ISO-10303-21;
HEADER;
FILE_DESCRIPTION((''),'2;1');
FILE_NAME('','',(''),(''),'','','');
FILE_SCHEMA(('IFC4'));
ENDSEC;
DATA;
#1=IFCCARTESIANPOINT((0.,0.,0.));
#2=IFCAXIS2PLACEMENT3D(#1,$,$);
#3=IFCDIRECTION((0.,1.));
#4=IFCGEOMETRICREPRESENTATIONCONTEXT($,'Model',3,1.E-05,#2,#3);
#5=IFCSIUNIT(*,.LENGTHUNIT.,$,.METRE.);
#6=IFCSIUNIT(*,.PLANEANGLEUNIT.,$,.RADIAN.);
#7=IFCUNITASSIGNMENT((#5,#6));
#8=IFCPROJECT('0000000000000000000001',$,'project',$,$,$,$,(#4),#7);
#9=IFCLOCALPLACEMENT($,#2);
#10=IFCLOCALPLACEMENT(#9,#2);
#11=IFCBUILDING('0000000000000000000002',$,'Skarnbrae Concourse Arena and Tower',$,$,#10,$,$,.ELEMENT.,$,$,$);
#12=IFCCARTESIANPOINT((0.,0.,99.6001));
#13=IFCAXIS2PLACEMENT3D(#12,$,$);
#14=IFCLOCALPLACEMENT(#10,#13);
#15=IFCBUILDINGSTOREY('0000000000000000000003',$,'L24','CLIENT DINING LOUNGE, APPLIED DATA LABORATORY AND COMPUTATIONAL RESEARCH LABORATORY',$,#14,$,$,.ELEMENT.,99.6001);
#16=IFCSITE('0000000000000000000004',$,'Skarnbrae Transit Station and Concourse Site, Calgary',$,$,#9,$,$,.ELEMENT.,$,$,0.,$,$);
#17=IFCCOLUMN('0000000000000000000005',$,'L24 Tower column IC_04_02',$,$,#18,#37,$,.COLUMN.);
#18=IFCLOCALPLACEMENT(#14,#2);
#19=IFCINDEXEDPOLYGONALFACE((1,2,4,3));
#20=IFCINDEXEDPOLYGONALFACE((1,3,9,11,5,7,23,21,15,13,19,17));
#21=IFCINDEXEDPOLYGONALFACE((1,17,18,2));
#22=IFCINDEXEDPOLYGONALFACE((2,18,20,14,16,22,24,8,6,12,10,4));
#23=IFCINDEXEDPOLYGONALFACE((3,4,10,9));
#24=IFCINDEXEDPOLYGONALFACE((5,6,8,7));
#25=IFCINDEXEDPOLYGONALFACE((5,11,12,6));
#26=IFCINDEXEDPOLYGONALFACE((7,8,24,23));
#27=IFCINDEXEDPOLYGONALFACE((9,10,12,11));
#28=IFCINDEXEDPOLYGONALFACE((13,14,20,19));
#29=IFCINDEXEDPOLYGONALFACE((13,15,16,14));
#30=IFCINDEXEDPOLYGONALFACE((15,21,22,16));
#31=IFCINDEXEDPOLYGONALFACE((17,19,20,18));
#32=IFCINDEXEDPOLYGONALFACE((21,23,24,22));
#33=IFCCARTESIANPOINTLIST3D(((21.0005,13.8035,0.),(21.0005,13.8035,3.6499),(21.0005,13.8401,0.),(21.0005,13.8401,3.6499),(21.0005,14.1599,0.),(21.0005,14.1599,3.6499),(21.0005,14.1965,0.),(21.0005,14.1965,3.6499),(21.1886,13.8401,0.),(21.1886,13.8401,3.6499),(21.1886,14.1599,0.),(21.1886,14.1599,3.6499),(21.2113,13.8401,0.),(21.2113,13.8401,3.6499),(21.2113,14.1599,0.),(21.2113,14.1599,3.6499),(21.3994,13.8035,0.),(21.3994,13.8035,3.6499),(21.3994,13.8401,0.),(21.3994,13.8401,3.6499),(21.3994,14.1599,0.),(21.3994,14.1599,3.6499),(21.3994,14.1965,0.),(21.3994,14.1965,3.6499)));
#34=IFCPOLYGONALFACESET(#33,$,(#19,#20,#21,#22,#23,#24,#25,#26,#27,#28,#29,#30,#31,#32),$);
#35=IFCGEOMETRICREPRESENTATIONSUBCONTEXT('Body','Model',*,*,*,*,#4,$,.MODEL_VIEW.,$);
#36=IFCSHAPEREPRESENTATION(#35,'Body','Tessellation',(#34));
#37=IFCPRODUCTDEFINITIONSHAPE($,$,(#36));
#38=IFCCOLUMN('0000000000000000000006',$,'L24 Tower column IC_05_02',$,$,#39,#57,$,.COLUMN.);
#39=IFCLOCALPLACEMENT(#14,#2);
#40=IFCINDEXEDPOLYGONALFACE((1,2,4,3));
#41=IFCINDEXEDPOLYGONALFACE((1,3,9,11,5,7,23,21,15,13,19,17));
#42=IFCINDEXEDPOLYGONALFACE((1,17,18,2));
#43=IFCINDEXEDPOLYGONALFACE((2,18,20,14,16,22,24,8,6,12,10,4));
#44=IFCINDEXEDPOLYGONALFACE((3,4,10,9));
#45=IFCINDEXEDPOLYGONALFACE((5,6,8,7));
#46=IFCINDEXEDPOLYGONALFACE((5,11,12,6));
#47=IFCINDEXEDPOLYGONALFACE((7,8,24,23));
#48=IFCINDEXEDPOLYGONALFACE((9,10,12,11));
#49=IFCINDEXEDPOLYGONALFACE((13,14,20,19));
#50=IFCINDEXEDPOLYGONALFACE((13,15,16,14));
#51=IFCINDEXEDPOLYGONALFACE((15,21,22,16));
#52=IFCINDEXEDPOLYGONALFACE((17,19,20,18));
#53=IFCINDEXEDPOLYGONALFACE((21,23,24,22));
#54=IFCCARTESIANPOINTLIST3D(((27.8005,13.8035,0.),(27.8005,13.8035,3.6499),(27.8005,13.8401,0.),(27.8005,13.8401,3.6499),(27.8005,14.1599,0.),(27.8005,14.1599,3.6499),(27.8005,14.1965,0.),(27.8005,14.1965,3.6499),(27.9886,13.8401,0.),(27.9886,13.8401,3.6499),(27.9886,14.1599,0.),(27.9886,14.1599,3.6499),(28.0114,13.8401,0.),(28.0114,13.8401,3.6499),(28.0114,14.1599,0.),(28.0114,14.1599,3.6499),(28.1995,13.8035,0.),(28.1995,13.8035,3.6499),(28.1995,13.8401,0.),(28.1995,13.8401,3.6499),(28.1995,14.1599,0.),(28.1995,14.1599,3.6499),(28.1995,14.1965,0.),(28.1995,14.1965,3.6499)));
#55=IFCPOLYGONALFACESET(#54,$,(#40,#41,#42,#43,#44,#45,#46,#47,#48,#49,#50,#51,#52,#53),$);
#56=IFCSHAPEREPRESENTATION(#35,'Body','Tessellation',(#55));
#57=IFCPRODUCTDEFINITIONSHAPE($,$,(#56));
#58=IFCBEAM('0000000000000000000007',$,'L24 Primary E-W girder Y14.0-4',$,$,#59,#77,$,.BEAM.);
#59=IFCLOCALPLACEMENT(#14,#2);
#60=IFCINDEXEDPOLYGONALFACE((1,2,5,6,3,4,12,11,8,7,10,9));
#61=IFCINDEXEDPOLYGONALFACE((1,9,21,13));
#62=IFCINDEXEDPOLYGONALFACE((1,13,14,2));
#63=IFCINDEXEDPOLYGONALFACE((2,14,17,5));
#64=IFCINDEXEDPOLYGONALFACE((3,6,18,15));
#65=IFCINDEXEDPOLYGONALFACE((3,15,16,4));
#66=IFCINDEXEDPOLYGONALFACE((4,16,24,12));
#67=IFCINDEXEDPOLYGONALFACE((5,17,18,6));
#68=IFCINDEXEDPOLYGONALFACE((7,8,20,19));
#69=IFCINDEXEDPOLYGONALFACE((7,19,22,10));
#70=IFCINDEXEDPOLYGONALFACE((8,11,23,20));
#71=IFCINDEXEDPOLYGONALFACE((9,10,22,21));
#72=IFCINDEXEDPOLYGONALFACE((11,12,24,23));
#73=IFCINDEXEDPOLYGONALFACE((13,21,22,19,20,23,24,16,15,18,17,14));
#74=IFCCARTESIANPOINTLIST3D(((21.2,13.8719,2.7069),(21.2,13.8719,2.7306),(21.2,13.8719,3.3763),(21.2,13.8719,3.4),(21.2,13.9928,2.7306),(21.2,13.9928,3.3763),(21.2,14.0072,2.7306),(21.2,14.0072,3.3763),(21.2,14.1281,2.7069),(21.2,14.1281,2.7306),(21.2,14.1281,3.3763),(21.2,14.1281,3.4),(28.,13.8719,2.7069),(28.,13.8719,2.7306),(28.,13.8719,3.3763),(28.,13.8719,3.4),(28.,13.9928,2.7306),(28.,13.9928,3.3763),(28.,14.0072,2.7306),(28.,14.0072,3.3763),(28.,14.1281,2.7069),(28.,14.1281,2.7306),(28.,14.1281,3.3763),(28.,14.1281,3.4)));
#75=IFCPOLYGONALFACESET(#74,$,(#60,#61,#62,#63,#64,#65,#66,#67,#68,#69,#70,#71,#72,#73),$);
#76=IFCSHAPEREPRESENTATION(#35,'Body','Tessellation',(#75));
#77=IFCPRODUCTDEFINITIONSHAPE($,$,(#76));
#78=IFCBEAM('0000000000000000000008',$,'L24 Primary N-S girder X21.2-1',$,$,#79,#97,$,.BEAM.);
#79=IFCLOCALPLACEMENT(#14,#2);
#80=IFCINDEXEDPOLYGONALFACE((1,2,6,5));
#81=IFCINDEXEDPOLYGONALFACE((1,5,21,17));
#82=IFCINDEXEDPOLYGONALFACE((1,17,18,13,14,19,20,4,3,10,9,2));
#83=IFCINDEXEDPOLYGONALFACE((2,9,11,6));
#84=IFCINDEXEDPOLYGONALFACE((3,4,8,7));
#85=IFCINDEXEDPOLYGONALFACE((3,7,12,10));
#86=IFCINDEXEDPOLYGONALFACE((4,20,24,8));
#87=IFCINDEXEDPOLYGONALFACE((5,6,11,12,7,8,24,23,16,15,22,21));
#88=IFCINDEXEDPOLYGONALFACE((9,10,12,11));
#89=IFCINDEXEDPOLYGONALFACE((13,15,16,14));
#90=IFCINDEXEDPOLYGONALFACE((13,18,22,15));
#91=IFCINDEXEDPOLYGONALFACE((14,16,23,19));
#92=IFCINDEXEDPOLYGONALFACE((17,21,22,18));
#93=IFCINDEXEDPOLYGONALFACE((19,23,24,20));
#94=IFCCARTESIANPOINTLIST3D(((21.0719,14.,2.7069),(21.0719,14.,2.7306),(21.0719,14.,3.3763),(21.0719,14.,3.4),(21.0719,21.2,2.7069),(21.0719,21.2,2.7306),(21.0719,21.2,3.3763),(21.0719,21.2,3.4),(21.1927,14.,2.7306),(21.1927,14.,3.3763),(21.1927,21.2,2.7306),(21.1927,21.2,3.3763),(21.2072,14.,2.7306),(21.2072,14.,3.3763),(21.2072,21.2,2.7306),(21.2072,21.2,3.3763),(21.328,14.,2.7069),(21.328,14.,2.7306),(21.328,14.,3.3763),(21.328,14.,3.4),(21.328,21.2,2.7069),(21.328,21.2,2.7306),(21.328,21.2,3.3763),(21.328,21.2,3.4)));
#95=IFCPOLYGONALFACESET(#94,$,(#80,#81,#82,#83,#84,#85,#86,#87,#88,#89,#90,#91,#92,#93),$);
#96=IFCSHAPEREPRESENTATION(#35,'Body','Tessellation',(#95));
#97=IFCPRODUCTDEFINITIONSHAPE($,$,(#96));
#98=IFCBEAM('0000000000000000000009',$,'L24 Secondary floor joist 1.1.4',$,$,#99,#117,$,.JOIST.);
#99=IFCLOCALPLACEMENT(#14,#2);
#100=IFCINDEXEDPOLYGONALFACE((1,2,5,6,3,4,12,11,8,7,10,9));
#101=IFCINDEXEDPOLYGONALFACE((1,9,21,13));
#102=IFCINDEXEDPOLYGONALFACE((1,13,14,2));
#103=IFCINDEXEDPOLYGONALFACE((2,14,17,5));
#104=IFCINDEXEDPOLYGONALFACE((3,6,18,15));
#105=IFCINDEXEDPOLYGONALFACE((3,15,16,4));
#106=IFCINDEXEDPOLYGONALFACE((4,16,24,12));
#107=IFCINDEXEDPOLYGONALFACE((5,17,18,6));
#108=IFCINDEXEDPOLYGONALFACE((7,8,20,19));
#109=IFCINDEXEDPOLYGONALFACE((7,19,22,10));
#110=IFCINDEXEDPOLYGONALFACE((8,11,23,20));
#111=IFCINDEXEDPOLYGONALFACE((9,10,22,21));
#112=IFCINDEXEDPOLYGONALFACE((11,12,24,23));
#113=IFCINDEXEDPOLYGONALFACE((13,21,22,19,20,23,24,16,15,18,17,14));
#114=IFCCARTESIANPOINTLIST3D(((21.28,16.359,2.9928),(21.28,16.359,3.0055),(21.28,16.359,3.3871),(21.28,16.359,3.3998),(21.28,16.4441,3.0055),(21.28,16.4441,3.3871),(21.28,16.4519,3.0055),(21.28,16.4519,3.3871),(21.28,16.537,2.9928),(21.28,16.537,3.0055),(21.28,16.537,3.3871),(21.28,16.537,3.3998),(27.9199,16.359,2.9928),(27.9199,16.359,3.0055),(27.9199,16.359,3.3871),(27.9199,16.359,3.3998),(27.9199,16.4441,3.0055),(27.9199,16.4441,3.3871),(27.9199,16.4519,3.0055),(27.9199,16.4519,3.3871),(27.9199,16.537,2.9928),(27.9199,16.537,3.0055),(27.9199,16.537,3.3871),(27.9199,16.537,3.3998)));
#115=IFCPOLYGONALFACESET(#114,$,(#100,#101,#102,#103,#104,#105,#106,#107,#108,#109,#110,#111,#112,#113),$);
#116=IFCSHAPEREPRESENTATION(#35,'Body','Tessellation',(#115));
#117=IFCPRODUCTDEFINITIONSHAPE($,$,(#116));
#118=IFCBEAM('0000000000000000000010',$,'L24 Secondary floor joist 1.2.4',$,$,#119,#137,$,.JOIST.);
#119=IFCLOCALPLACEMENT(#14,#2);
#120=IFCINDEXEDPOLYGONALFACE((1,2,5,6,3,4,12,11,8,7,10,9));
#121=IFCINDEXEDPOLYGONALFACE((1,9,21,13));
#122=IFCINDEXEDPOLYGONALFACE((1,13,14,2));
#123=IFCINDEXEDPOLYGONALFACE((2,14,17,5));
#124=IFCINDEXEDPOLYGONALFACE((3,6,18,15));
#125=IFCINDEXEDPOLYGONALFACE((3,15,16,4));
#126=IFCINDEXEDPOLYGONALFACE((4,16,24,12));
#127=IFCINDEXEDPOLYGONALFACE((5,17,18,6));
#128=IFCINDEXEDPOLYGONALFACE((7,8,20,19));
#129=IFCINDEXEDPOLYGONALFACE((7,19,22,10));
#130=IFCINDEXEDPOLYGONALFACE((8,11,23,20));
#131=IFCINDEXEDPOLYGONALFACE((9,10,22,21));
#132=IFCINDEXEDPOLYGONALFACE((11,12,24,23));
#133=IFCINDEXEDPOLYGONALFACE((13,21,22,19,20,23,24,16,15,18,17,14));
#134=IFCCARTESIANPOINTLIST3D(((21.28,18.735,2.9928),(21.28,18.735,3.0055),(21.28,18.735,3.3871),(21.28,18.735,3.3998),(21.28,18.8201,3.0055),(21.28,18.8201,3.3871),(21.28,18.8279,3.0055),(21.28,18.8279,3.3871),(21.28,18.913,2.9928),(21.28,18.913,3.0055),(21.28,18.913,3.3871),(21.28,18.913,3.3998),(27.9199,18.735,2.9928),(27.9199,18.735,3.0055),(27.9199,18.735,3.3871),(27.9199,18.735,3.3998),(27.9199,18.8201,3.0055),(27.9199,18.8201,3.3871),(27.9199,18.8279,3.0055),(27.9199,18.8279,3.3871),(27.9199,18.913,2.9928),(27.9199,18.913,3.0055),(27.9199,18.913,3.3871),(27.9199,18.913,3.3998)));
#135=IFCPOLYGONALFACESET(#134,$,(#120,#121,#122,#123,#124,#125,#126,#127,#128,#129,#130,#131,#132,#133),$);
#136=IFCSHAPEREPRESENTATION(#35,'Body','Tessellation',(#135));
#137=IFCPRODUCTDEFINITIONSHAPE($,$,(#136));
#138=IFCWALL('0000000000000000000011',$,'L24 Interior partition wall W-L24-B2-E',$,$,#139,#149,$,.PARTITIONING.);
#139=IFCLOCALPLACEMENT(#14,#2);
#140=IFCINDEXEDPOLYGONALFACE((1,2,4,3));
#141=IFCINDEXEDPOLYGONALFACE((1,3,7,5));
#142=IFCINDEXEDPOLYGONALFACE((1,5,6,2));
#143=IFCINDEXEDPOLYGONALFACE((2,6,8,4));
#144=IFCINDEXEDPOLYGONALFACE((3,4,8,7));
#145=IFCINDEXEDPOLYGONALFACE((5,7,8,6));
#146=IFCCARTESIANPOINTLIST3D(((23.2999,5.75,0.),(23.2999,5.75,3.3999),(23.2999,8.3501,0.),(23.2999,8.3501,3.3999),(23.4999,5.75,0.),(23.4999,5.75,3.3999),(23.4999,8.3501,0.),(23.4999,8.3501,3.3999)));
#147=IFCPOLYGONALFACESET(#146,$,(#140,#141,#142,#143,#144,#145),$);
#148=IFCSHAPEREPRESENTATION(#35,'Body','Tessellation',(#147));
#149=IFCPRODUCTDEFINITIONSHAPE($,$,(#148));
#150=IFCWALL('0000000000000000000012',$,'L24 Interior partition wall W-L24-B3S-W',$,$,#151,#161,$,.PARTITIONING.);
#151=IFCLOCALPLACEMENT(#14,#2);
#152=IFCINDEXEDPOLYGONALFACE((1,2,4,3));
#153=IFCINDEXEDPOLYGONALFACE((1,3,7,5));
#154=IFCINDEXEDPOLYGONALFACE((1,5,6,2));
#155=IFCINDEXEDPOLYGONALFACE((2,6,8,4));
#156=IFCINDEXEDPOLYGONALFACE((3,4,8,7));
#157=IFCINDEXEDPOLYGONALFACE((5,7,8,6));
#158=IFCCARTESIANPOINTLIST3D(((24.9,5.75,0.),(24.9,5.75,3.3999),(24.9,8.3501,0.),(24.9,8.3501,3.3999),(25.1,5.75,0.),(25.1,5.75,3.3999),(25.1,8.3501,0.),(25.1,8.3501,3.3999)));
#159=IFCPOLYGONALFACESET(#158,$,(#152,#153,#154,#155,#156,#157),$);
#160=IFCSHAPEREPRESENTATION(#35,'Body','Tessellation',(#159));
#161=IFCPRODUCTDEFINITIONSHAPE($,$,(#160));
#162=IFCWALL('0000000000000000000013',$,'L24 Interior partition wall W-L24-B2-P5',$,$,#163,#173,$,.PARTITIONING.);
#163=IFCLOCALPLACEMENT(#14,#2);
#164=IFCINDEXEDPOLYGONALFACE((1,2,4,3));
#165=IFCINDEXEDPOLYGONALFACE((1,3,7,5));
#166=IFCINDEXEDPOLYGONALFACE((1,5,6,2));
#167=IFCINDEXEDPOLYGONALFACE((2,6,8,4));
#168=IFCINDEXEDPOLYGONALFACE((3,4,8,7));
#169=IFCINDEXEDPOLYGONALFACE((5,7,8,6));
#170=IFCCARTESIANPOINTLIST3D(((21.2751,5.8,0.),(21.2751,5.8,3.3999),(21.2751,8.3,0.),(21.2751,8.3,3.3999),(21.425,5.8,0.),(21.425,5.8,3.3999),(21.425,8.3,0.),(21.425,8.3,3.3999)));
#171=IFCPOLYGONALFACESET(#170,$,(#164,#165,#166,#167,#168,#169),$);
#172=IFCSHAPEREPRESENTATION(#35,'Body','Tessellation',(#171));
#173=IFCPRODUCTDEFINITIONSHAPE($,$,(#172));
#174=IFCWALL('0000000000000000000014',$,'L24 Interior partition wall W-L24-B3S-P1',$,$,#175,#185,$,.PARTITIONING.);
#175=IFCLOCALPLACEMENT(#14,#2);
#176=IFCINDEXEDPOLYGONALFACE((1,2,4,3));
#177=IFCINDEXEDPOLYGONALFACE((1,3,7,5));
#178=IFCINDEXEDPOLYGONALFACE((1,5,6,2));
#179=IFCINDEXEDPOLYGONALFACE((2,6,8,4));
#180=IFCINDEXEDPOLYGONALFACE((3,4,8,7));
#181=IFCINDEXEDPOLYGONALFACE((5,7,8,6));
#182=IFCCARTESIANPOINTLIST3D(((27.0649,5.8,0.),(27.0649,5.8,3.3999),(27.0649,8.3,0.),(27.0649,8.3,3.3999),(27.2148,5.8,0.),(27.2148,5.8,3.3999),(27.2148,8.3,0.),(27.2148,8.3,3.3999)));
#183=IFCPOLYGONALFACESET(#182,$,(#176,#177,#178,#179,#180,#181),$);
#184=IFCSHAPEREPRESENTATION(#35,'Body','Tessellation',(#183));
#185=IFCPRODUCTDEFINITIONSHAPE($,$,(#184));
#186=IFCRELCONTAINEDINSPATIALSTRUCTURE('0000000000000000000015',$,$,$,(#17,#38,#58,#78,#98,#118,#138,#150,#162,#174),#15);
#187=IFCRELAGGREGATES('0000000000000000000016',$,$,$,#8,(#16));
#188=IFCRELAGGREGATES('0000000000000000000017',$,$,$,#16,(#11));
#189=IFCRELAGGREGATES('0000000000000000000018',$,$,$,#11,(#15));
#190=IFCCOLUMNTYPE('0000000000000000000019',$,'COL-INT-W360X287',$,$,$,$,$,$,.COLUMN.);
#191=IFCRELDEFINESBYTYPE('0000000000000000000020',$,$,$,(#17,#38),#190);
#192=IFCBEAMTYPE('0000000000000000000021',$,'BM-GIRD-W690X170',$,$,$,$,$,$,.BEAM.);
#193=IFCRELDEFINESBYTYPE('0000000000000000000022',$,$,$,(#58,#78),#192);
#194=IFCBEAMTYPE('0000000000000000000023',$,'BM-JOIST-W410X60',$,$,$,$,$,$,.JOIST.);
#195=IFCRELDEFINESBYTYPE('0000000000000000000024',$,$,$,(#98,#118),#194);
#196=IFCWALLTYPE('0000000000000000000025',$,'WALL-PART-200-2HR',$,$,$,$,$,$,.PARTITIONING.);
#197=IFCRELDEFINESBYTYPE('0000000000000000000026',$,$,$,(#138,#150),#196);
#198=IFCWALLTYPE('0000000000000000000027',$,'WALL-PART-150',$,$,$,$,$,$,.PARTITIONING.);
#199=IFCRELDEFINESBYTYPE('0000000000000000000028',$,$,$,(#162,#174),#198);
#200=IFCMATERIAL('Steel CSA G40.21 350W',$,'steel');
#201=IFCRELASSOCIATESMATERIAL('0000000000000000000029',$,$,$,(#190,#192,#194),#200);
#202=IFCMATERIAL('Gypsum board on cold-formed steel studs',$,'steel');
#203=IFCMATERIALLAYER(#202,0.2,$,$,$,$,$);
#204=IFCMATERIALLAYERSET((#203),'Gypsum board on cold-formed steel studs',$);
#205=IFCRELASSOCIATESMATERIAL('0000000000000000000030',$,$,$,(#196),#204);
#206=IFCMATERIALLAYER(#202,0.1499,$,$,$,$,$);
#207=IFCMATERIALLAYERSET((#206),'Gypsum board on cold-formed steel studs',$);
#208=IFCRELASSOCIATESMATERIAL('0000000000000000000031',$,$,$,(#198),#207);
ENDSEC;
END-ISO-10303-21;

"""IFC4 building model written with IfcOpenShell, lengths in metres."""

from ifc_helpers import new_model, si_unit, direction, frame, frame_2d, origin, origin_2d, place, context, subcontext, project, spatial, rectangle, i_section, extrude, source, transform, mapped, material, layer, layer_set, material_profile, profile_set, type_object, element, save


model = new_model("IFC4")

# Units and contexts
model_context = context("Model", 3, precision=1e-05, world=origin(), true_north=direction((0.0, 1.0)))
body_context = subcontext(model_context, "Body", "Model", "MODEL_VIEW")
ifc_project = project(units=[si_unit("LENGTHUNIT", "METRE"), si_unit("PLANEANGLEUNIT", "RADIAN")], contexts=[model_context])

# Site, building, storey
site_placement = place(None, origin())
site = spatial("IfcSite", under=ifc_project, at=site_placement, Name="Skarnbrae Transit Station and Concourse Site, Calgary", CompositionType="ELEMENT", RefElevation=0.0)
building_placement = place(site_placement, origin())
building = spatial("IfcBuilding", under=site, at=building_placement, Name="Skarnbrae Concourse Arena and Tower", CompositionType="ELEMENT")
storey_placement = place(building_placement, frame((0.0, 0.0, 99.6001)))
storey = spatial("IfcBuildingStorey", under=building, at=storey_placement, Name="L24", Description="CLIENT DINING LOUNGE, APPLIED DATA LABORATORY AND COMPUTATIONAL RESEARCH LABORATORY", CompositionType="ELEMENT", Elevation=99.6001)

# Columns
ifc_material_1 = material(Name="Steel CSA G40.21 350W", Category="steel")
ifc_material_profile_1 = material_profile(ifc_material_1, i_section(OverallWidth=0.3989, OverallDepth=0.3931, WebThickness=0.0227, FlangeThickness=0.0366, at=origin_2d()), Name="W360X287")
ifc_profile_set_1 = profile_set([ifc_material_profile_1], Name="Steel CSA G40.21 350W")
column_type = type_object("IfcColumnType", Name="COL-INT-W360X287", PredefinedType="COLUMN", material=ifc_profile_set_1)
shared_shape_1 = source(origin(), body_context, "Body", "SweptSolid", [
    extrude(i_section(OverallWidth=0.3989, OverallDepth=0.3931, WebThickness=0.0227, FlangeThickness=0.0366, at=origin_2d()), origin(), (0.0, 0.0, 1.0), 3.6499),
])
for number, where, z_axis, x_axis, name in (
    (1, (21.2, 14.0, 0.0), (0.0, 0.0, 1.0), (1.0, 0.0, 0.0), "L24 Tower column IC_04_02"),
    (2, (28.0, 14.0, 0.0), (0.0, 0.0, 1.0), (1.0, 0.0, 0.0), "L24 Tower column IC_05_02"),
):
    element("IfcColumn", number, at=place(storey_placement, frame(where, z_axis=z_axis, x_axis=x_axis)), inside=storey, type_object=column_type, Name=name, PredefinedType="COLUMN", context=body_context, shape_type="MappedRepresentation", body=[
        mapped(shared_shape_1, transform((0.0, 0.0, 0.0))),
    ])

# Beams
ifc_material_profile_2 = material_profile(ifc_material_1, i_section(OverallWidth=0.2561, OverallDepth=0.6931, WebThickness=0.0144, FlangeThickness=0.0237, at=origin_2d()), Name="W690X170")
ifc_profile_set_2 = profile_set([ifc_material_profile_2], Name="Steel CSA G40.21 350W")
beam_type_1 = type_object("IfcBeamType", Name="BM-GIRD-W690X170", PredefinedType="BEAM", material=ifc_profile_set_2)
shared_shape_2 = source(origin(), body_context, "Body", "SweptSolid", [
    extrude(i_section(OverallWidth=0.2561, OverallDepth=0.6931, WebThickness=0.0144, FlangeThickness=0.0237, at=origin_2d()), origin(), (0.0, 0.0, 1.0), 6.8),
])
beam_1_placement = place(storey_placement, frame((21.2, 14.0, 3.0535), z_axis=(1.0, 0.0, 0.0), x_axis=(0.0, 1.0, 0.0)))
element("IfcBeam", 3, at=beam_1_placement, inside=storey, type_object=beam_type_1, Name="L24 Primary E-W girder Y14.0-4", PredefinedType="BEAM", context=body_context, shape_type="MappedRepresentation", body=[
    mapped(shared_shape_2, transform((0.0, 0.0, 0.0))),
])
shared_shape_3 = source(origin(), body_context, "Body", "SweptSolid", [
    extrude(i_section(OverallWidth=0.2561, OverallDepth=0.6931, WebThickness=0.0144, FlangeThickness=0.0237, at=origin_2d()), origin(), (0.0, 0.0, 1.0), 7.2),
])
beam_2_placement = place(storey_placement, frame((21.2, 14.0, 3.0535), z_axis=(0.0, 1.0, 0.0), x_axis=(-1.0, 0.0, 0.0)))
element("IfcBeam", 4, at=beam_2_placement, inside=storey, type_object=beam_type_1, Name="L24 Primary N-S girder X21.2-1", PredefinedType="BEAM", context=body_context, shape_type="MappedRepresentation", body=[
    mapped(shared_shape_3, transform((0.0, 0.0, 0.0))),
])
ifc_material_profile_3 = material_profile(ifc_material_1, i_section(OverallWidth=0.178, OverallDepth=0.407, WebThickness=0.0078, FlangeThickness=0.0127, at=origin_2d()), Name="W410X60")
ifc_profile_set_3 = profile_set([ifc_material_profile_3], Name="Steel CSA G40.21 350W")
beam_type_2 = type_object("IfcBeamType", Name="BM-JOIST-W410X60", PredefinedType="JOIST", material=ifc_profile_set_3)
shared_shape_4 = source(origin(), body_context, "Body", "SweptSolid", [
    extrude(i_section(OverallWidth=0.178, OverallDepth=0.407, WebThickness=0.0078, FlangeThickness=0.0127, at=origin_2d()), origin(), (0.0, 0.0, 1.0), 6.6399),
])
for number, where, z_axis, x_axis, name in (
    (5, (21.28, 16.448, 3.1963), (1.0, 0.0, 0.0), (0.0, 1.0, 0.0), "L24 Secondary floor joist 1.1.4"),
    (6, (21.28, 18.824, 3.1963), (1.0, 0.0, 0.0), (0.0, 1.0, 0.0), "L24 Secondary floor joist 1.2.4"),
):
    element("IfcBeam", number, at=place(storey_placement, frame(where, z_axis=z_axis, x_axis=x_axis)), inside=storey, type_object=beam_type_2, Name=name, PredefinedType="JOIST", context=body_context, shape_type="MappedRepresentation", body=[
        mapped(shared_shape_4, transform((0.0, 0.0, 0.0))),
    ])

# Walls
ifc_material_2 = material(Name="Gypsum board on cold-formed steel studs", Category="steel")
ifc_layer_1 = layer(ifc_material_2, 0.2)
ifc_layer_set_1 = layer_set([ifc_layer_1], Name="Gypsum board on cold-formed steel studs")
wall_type_1 = type_object("IfcWallType", Name="WALL-PART-200-2HR", PredefinedType="PARTITIONING", material=ifc_layer_set_1)
shared_shape_5 = source(origin(), body_context, "Body", "SweptSolid", [
    extrude(rectangle(XDim=2.6001, YDim=0.2, at=frame_2d((1.3, 0.0))), origin(), (0.0, 0.0, 1.0), 3.3999),
])
for number, where, z_axis, x_axis, name in (
    (7, (23.3999, 5.75, 0.0), (0.0, 0.0, 1.0), (0.0, 1.0, 0.0), "L24 Interior partition wall W-L24-B2-E"),
    (8, (25.0, 5.75, 0.0), (0.0, 0.0, 1.0), (0.0, 1.0, 0.0), "L24 Interior partition wall W-L24-B3S-W"),
):
    element("IfcWall", number, at=place(storey_placement, frame(where, z_axis=z_axis, x_axis=x_axis)), inside=storey, type_object=wall_type_1, Name=name, PredefinedType="PARTITIONING", context=body_context, shape_type="MappedRepresentation", body=[
        mapped(shared_shape_5, transform((0.0, 0.0, 0.0))),
    ])
ifc_layer_2 = layer(ifc_material_2, 0.1499)
ifc_layer_set_2 = layer_set([ifc_layer_2], Name="Gypsum board on cold-formed steel studs")
wall_type_2 = type_object("IfcWallType", Name="WALL-PART-150", PredefinedType="PARTITIONING", material=ifc_layer_set_2)
shared_shape_6 = source(origin(), body_context, "Body", "SweptSolid", [
    extrude(rectangle(XDim=2.5, YDim=0.1499, at=frame_2d((1.25, 0.0))), origin(), (0.0, 0.0, 1.0), 3.3999),
])
for number, where, z_axis, x_axis, name in (
    (9, (21.3501, 5.8, 0.0), (0.0, 0.0, 1.0), (0.0, 1.0, 0.0), "L24 Interior partition wall W-L24-B2-P5"),
    (10, (27.1399, 5.8, 0.0), (0.0, 0.0, 1.0), (0.0, 1.0, 0.0), "L24 Interior partition wall W-L24-B3S-P1"),
):
    element("IfcWall", number, at=place(storey_placement, frame(where, z_axis=z_axis, x_axis=x_axis)), inside=storey, type_object=wall_type_2, Name=name, PredefinedType="PARTITIONING", context=body_context, shape_type="MappedRepresentation", body=[
        mapped(shared_shape_6, transform((0.0, 0.0, 0.0))),
    ])

save(model, "model.ifc")
